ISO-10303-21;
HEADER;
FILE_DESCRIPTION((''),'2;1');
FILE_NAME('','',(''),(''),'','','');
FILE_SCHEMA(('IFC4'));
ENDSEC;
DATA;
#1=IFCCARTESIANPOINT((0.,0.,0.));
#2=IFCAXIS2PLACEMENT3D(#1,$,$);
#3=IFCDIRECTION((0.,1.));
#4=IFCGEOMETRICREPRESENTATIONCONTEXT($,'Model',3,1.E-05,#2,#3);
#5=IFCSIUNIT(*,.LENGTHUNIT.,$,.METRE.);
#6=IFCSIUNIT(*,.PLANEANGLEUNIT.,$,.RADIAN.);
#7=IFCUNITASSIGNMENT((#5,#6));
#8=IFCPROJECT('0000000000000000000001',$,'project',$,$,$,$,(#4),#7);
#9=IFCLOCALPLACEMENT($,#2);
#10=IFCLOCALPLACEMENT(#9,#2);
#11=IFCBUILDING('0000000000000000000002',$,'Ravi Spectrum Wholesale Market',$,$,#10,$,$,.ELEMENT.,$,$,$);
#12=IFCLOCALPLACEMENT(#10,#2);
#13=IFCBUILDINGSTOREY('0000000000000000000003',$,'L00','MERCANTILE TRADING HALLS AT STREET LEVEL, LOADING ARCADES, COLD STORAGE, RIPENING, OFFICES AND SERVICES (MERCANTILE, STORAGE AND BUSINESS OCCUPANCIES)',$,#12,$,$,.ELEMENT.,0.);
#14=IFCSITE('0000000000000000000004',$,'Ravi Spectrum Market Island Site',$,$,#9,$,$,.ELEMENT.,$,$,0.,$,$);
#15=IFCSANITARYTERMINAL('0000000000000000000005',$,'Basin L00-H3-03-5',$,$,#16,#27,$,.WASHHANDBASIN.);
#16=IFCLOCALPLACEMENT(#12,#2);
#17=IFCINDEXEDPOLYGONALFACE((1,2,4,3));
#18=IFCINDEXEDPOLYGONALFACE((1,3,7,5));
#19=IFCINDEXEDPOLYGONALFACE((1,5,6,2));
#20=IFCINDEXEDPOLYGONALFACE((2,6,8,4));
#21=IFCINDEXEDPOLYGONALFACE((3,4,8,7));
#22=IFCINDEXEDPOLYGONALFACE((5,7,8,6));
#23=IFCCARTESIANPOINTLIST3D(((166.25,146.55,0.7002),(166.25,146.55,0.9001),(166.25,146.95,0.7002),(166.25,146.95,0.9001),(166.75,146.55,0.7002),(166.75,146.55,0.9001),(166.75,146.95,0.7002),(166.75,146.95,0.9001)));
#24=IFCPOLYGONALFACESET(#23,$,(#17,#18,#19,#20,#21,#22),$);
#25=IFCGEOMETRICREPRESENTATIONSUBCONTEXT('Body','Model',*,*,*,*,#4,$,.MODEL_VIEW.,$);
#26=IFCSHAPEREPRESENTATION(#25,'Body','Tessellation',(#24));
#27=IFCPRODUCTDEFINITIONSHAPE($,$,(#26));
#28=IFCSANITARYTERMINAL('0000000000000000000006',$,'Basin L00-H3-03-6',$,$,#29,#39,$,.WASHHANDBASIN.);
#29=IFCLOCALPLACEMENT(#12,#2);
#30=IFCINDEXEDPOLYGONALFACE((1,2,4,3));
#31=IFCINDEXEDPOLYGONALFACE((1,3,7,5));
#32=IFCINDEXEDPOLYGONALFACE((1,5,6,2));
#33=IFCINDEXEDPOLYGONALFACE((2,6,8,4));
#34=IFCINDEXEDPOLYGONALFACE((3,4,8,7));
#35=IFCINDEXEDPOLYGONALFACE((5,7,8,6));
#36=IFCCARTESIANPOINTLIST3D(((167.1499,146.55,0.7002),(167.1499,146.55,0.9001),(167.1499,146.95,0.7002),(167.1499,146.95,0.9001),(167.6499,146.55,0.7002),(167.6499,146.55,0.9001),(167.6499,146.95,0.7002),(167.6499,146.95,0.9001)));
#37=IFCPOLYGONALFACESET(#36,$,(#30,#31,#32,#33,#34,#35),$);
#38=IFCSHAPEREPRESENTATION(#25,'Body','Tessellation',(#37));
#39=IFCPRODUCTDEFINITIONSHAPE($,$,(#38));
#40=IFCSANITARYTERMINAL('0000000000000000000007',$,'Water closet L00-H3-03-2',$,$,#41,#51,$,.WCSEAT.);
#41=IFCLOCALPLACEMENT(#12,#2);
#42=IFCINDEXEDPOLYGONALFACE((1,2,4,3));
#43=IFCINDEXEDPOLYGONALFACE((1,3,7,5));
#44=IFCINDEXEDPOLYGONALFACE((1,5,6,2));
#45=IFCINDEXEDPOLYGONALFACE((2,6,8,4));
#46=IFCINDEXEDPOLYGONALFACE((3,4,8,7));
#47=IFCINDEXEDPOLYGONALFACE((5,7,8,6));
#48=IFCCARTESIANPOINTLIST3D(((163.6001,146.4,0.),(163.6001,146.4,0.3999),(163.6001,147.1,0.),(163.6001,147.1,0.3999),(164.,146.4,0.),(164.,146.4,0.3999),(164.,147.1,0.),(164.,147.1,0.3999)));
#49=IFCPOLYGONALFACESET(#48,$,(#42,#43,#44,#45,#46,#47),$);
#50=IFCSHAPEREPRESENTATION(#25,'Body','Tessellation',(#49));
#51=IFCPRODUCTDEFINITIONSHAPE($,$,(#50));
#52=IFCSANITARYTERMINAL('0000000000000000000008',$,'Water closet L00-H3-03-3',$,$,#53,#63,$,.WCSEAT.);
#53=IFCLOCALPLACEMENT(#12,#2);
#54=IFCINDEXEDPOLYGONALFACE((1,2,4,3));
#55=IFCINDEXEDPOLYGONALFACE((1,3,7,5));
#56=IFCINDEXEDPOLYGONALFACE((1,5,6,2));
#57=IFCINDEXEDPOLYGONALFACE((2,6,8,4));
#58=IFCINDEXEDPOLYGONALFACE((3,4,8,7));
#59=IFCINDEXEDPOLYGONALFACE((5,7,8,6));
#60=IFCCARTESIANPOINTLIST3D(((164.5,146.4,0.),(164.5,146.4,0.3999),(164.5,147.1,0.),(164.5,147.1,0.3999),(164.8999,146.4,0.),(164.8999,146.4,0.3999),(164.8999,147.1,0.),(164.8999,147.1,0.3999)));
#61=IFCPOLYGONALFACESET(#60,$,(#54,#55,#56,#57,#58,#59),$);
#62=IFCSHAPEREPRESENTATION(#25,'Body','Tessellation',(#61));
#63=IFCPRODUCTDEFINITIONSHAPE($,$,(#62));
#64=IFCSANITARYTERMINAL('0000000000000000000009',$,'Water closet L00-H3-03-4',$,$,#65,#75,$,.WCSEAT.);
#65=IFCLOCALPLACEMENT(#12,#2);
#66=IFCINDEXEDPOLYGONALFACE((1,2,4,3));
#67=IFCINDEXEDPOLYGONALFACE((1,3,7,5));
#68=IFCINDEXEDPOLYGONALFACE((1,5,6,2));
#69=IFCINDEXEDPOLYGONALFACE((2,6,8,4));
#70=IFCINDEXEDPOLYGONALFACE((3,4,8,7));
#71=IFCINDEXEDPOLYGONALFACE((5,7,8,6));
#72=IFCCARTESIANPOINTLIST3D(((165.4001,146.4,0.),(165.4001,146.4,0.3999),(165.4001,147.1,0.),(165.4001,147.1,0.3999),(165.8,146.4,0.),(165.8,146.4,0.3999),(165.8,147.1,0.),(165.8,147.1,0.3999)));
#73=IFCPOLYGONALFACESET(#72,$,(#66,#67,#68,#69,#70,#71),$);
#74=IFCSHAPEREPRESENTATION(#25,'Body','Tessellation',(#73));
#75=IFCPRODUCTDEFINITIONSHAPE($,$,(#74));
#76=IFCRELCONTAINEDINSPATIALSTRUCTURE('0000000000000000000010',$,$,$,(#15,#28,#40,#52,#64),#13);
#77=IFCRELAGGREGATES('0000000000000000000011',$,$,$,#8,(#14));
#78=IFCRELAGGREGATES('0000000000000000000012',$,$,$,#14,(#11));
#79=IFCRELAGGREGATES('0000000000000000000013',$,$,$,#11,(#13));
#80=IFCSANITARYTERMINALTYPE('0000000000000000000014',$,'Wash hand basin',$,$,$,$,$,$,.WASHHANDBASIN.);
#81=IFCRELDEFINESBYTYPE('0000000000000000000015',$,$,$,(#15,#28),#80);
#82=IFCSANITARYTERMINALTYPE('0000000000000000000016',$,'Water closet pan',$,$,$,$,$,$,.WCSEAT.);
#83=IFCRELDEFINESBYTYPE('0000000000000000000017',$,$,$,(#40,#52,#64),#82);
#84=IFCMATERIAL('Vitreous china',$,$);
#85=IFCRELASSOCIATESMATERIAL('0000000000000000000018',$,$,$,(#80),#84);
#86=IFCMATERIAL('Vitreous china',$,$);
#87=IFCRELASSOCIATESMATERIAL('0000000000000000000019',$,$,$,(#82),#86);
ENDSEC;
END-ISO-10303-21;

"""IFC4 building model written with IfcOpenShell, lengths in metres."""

from ifc_helpers import new_model, si_unit, direction, frame, origin, origin_2d, place, context, subcontext, project, spatial, rectangle, extrude, material, type_object, element, save


model = new_model("IFC4")

# Units and contexts
model_context = context("Model", 3, precision=1e-05, world=origin(), true_north=direction((0.0, 1.0)))
body_context = subcontext(model_context, "Body", "Model", "MODEL_VIEW")
ifc_project = project(units=[si_unit("LENGTHUNIT", "METRE"), si_unit("PLANEANGLEUNIT", "RADIAN")], contexts=[model_context])

# Site, building, storey
site_placement = place(None, origin())
site = spatial("IfcSite", under=ifc_project, at=site_placement, Name="Ravi Spectrum Market Island Site", CompositionType="ELEMENT", RefElevation=0.0)
building_placement = place(site_placement, origin())
building = spatial("IfcBuilding", under=site, at=building_placement, Name="Ravi Spectrum Wholesale Market", CompositionType="ELEMENT")
storey_placement = place(building_placement, origin())
storey = spatial("IfcBuildingStorey", under=building, at=storey_placement, Name="L00", Description="MERCANTILE TRADING HALLS AT STREET LEVEL, LOADING ARCADES, COLD STORAGE, RIPENING, OFFICES AND SERVICES (MERCANTILE, STORAGE AND BUSINESS OCCUPANCIES)", CompositionType="ELEMENT", Elevation=0.0)

# Sanitary terminals
ifc_material_1 = material(Name="Vitreous china")
sanitary_terminal_type_1 = type_object("IfcSanitaryTerminalType", Name="Wash hand basin", PredefinedType="WASHHANDBASIN", material=ifc_material_1)
for number, where, z_axis, x_axis, name in (
    (1, (166.5, 146.75, 0.7002), (0.0, 0.0, 1.0), (1.0, 0.0, 0.0), "Basin L00-H3-03-5"),
    (2, (167.3999, 146.75, 0.7002), (0.0, 0.0, 1.0), (1.0, 0.0, 0.0), "Basin L00-H3-03-6"),
):
    element("IfcSanitaryTerminal", number, at=place(storey_placement, frame(where, z_axis=z_axis, x_axis=x_axis)), inside=storey, type_object=sanitary_terminal_type_1, Name=name, PredefinedType="WASHHANDBASIN", context=body_context, shape_type="SweptSolid", body=[
        extrude(rectangle(XDim=0.5, YDim=0.3999, at=origin_2d()), origin(), (0.0, 0.0, 1.0), 0.2),
    ])
ifc_material_2 = material(Name="Vitreous china")
sanitary_terminal_type_2 = type_object("IfcSanitaryTerminalType", Name="Water closet pan", PredefinedType="WCSEAT", material=ifc_material_2)
for number, where, z_axis, x_axis, name in (
    (3, (163.8, 146.75, 0.0), (0.0, 0.0, 1.0), (1.0, 0.0, 0.0), "Water closet L00-H3-03-2"),
    (4, (164.7, 146.75, 0.0), (0.0, 0.0, 1.0), (1.0, 0.0, 0.0), "Water closet L00-H3-03-3"),
    (5, (165.6001, 146.75, 0.0), (0.0, 0.0, 1.0), (1.0, 0.0, 0.0), "Water closet L00-H3-03-4"),
):
    element("IfcSanitaryTerminal", number, at=place(storey_placement, frame(where, z_axis=z_axis, x_axis=x_axis)), inside=storey, type_object=sanitary_terminal_type_2, Name=name, PredefinedType="WCSEAT", context=body_context, shape_type="SweptSolid", body=[
        extrude(rectangle(XDim=0.3999, YDim=0.7, at=origin_2d()), origin(), (0.0, 0.0, 1.0), 0.3999),
    ])

save(model, "model.ifc")
